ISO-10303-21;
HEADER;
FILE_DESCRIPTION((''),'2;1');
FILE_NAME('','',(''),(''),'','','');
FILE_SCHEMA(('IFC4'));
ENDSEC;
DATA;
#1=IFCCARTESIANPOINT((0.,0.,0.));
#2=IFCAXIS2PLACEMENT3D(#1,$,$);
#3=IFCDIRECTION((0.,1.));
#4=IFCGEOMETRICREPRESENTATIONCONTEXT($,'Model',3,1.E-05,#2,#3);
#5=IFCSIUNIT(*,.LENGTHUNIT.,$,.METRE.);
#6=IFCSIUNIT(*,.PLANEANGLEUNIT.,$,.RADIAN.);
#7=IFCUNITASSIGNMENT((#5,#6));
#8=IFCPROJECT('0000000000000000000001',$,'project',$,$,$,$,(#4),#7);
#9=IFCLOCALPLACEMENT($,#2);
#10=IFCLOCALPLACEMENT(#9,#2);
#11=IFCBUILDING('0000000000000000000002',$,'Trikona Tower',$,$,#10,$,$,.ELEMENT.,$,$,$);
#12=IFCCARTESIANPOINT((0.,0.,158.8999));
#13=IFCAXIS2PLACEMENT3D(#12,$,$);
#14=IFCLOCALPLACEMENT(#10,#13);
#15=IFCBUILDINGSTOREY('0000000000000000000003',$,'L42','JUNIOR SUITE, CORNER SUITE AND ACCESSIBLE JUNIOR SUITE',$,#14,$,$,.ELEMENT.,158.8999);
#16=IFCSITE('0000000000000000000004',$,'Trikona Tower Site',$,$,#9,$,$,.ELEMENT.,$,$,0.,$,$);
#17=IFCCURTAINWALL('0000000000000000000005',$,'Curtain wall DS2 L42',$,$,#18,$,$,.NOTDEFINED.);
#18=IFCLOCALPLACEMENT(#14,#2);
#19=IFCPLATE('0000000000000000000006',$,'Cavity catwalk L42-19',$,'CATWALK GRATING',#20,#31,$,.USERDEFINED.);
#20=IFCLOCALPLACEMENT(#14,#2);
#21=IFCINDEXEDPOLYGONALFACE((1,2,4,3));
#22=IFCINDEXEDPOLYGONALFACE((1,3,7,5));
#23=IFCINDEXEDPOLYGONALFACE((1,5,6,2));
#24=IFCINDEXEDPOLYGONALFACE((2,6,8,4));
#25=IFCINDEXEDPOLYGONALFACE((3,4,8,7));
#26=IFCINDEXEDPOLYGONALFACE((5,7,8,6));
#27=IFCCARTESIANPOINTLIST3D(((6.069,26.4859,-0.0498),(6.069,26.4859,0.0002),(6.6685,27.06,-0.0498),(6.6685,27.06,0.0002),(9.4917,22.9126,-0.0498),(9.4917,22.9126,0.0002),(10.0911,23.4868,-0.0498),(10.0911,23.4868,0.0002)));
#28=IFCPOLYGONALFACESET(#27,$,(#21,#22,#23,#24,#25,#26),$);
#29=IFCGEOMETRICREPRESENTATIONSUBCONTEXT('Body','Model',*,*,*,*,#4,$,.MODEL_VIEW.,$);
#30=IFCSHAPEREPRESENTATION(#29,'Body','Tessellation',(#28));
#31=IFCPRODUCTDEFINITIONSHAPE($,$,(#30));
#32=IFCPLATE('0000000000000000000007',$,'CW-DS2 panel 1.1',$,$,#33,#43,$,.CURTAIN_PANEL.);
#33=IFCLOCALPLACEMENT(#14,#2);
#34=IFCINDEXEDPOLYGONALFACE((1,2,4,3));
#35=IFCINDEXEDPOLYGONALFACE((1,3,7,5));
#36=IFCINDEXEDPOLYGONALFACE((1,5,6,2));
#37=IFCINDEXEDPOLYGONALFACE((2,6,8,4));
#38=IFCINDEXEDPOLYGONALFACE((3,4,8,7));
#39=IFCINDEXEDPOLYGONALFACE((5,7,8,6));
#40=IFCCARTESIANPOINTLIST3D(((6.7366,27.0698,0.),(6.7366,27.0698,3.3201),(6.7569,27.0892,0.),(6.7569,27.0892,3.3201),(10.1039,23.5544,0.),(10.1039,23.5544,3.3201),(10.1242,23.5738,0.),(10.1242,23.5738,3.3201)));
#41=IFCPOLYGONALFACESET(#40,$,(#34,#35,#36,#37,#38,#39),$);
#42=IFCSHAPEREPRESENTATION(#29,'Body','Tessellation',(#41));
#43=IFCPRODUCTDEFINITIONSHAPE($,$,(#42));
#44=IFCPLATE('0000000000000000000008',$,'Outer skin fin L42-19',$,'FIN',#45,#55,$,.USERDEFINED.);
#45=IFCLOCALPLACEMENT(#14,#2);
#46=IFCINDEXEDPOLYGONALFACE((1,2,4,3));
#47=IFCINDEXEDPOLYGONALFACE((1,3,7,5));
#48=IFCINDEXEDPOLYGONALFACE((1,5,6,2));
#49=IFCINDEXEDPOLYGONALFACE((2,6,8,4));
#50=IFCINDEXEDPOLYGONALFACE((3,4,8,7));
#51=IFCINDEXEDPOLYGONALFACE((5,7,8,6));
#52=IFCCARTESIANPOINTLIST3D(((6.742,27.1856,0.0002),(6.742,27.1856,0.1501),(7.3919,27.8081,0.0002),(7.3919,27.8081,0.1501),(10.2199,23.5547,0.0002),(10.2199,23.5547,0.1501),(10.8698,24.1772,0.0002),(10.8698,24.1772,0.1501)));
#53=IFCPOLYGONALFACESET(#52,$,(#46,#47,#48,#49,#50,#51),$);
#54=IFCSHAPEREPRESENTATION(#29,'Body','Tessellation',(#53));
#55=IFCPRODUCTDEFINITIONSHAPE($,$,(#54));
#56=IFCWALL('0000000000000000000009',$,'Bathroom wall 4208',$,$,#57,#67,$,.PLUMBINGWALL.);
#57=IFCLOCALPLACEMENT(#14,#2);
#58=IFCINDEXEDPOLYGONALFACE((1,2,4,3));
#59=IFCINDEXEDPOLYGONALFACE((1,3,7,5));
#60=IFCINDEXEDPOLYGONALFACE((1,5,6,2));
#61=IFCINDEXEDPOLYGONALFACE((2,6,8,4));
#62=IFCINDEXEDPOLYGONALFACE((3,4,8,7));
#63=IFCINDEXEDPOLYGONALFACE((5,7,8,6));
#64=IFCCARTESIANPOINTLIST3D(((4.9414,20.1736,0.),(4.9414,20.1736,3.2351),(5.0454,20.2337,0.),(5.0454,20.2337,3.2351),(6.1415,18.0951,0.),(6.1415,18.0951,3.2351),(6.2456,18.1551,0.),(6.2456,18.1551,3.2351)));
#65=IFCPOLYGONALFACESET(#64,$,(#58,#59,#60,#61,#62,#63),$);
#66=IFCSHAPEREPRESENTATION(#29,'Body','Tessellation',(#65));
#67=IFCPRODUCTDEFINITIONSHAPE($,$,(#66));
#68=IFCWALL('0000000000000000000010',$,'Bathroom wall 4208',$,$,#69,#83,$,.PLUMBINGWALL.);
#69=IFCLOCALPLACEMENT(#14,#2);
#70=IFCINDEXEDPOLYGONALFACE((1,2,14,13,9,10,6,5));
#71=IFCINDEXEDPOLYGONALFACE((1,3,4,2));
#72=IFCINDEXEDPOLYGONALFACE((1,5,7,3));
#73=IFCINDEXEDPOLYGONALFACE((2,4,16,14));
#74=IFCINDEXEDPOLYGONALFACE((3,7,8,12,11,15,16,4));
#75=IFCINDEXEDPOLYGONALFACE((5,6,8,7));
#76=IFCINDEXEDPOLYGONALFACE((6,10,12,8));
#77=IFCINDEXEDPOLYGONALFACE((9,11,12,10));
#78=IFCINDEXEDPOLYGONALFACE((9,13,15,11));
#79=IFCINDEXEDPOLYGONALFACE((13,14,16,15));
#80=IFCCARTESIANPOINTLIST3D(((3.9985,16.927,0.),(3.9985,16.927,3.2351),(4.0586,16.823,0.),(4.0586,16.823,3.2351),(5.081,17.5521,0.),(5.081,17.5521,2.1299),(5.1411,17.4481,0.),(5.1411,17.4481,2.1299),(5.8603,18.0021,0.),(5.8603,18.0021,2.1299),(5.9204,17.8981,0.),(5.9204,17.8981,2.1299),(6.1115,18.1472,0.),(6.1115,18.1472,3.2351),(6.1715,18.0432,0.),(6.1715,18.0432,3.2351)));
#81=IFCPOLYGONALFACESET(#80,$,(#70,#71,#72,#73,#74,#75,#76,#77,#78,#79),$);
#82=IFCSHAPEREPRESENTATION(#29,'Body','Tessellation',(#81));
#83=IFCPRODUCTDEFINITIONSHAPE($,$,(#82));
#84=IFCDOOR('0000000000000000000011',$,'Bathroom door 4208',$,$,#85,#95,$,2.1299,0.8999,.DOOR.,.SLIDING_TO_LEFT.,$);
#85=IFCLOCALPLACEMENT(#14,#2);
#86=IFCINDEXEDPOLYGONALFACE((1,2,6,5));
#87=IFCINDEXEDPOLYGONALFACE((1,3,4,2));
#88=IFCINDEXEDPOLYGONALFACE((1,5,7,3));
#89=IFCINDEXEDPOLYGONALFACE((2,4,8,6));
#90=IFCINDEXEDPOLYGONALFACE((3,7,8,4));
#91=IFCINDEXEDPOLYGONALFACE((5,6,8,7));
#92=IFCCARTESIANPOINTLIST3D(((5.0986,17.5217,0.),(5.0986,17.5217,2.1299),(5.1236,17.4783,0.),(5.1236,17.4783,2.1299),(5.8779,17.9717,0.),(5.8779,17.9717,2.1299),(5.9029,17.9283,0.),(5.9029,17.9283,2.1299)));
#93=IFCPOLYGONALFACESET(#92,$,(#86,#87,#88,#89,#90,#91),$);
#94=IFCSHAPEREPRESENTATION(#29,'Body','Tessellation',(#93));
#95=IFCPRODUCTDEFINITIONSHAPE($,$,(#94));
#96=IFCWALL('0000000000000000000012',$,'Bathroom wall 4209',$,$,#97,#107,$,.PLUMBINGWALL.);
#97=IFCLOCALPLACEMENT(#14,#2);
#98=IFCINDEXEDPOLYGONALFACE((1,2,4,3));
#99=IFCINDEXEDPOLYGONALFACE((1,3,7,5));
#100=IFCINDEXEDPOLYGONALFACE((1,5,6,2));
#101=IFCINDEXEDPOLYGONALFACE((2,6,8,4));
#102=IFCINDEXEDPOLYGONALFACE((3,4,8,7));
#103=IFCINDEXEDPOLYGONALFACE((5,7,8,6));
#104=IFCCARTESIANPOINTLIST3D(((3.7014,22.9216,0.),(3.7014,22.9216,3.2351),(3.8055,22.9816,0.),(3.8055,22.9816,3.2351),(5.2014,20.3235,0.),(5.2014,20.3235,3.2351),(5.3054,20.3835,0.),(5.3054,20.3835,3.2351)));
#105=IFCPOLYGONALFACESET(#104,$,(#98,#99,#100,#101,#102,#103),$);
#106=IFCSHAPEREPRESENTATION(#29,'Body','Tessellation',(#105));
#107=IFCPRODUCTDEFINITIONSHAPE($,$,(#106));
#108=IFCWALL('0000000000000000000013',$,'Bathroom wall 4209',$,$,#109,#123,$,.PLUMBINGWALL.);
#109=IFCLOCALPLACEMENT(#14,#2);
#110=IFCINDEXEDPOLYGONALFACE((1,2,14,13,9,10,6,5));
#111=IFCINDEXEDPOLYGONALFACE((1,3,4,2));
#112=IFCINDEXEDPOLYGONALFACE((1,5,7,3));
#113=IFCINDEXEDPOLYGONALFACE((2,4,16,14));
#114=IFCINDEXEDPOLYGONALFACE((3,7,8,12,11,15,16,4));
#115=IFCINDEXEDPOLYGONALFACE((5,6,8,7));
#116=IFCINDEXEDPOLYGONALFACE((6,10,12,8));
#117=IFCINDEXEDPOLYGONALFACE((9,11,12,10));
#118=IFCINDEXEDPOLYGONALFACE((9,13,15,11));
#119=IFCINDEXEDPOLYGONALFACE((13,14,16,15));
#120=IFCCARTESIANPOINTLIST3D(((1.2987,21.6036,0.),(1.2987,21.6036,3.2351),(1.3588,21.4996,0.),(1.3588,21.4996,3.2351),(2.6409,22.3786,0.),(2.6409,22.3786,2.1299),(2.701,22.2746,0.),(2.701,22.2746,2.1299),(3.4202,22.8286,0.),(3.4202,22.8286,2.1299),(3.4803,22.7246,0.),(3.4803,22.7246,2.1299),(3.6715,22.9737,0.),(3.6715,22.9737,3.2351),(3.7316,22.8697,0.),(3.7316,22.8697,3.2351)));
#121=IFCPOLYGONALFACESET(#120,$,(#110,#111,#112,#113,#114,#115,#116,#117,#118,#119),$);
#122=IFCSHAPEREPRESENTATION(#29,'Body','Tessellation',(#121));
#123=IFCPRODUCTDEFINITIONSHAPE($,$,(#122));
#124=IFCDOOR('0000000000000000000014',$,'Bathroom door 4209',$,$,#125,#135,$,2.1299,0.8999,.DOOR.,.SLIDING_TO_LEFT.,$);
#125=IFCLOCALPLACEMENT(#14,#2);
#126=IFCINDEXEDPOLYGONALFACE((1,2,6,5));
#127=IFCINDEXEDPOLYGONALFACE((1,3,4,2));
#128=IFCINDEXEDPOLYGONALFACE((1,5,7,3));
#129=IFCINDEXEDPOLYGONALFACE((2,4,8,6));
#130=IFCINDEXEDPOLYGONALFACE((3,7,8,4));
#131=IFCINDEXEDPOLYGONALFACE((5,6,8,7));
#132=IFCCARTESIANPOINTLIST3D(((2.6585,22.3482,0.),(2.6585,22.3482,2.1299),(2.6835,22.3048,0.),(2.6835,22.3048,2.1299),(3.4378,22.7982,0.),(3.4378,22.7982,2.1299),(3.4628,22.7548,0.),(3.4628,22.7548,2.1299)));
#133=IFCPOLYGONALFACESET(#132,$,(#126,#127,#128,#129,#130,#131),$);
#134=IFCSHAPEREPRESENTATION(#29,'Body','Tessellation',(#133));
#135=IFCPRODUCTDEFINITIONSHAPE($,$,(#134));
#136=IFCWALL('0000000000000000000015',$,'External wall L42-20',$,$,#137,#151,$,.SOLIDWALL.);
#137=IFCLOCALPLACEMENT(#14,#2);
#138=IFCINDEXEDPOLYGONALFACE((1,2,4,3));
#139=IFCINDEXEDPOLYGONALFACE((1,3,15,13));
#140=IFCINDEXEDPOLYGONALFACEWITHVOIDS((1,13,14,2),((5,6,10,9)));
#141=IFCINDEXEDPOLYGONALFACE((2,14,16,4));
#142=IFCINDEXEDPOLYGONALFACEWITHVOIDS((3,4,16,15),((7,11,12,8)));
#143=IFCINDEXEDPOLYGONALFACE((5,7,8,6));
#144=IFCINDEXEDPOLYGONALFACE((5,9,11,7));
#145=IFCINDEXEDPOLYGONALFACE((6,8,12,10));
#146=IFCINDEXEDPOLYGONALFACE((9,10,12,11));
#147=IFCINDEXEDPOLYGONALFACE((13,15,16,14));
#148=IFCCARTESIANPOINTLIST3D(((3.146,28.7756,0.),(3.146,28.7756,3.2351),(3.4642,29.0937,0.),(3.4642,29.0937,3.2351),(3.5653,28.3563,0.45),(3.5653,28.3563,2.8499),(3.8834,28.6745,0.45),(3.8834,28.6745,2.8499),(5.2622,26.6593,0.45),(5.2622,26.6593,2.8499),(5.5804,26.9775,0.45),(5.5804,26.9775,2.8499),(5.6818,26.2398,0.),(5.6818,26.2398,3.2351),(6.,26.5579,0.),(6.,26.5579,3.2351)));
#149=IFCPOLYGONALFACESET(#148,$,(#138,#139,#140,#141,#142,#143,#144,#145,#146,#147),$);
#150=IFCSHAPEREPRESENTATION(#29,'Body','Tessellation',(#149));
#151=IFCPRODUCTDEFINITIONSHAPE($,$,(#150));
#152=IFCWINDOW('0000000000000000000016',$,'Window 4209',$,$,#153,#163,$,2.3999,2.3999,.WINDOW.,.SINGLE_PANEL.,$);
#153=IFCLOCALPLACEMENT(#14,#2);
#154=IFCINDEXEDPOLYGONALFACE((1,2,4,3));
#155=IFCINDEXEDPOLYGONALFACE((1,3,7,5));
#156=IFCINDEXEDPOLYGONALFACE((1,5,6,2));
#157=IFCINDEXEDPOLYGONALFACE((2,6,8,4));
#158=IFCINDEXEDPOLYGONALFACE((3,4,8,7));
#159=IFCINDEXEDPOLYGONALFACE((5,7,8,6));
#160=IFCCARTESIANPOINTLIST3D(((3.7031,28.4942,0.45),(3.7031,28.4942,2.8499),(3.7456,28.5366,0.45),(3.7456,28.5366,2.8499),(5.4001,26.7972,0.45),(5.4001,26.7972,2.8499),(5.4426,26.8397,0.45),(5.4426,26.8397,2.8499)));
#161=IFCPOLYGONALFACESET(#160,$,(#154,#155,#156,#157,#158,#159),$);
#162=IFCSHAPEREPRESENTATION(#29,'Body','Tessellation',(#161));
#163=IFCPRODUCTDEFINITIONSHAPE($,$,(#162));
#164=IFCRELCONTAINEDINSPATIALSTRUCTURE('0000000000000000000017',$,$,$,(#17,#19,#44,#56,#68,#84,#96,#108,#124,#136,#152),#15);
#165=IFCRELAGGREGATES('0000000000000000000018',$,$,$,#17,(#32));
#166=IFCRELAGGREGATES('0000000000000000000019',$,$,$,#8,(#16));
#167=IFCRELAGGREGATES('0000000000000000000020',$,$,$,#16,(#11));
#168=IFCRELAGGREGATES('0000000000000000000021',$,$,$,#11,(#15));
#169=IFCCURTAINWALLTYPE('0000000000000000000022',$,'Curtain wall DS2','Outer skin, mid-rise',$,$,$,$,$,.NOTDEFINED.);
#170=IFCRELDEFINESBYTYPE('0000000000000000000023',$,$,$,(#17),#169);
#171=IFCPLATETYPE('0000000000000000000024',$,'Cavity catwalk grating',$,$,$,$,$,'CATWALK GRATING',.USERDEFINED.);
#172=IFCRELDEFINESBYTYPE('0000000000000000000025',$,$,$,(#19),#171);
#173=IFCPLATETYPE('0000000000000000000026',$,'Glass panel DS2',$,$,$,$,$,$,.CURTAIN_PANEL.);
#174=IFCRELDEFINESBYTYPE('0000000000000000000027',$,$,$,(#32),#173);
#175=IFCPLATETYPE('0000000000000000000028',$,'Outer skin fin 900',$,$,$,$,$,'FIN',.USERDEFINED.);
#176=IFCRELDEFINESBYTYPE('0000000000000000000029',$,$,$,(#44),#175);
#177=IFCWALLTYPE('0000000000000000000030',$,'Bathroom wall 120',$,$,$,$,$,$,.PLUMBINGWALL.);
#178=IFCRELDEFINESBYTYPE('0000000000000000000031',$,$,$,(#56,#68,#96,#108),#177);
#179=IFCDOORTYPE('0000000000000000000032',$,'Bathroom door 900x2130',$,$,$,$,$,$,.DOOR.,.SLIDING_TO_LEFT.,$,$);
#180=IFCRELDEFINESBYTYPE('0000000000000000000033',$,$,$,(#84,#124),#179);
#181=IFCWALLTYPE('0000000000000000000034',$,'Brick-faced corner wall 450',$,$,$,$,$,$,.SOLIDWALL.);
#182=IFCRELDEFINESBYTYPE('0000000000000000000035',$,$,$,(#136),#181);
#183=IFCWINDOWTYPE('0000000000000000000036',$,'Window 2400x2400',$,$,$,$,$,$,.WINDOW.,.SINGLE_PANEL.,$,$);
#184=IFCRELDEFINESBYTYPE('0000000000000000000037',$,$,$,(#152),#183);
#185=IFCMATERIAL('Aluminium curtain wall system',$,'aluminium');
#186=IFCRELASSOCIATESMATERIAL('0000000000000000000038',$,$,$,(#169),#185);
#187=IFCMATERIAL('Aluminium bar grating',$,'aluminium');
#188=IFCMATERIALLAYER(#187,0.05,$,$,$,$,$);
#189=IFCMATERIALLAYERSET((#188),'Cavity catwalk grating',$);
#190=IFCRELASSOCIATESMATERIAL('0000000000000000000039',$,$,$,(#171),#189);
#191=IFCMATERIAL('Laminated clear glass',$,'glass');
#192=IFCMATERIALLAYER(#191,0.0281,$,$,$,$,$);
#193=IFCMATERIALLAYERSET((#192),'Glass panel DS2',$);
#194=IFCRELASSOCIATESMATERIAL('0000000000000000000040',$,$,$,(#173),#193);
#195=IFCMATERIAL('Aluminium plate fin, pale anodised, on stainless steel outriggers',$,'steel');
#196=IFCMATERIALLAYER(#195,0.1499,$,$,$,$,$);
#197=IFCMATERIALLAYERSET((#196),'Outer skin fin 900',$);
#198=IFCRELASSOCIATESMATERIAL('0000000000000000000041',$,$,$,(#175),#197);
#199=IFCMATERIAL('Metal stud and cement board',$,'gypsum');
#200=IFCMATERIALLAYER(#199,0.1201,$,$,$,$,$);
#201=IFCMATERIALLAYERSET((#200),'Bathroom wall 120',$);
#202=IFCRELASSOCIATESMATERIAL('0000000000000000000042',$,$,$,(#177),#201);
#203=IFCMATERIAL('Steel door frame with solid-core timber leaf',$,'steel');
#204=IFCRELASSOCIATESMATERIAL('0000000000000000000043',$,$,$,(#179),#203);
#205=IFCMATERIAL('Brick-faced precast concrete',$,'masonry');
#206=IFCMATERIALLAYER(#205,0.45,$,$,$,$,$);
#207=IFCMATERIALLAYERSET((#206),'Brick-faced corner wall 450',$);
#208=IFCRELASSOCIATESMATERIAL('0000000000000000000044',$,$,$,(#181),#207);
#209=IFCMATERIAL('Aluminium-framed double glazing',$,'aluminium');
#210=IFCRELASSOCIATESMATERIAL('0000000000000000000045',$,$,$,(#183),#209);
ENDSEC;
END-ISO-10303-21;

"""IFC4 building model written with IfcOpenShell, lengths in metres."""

from ifc_helpers import new_model, si_unit, direction, frame, frame_2d, origin, origin_2d, place, context, subcontext, project, spatial, rectangle, extrude, material, layer, layer_set, type_object, element, fill, aggregate, save


model = new_model("IFC4")

# Units and contexts
model_context = context("Model", 3, precision=1e-05, world=origin(), true_north=direction((0.0, 1.0)))
body_context = subcontext(model_context, "Body", "Model", "MODEL_VIEW")
ifc_project = project(units=[si_unit("LENGTHUNIT", "METRE"), si_unit("PLANEANGLEUNIT", "RADIAN")], contexts=[model_context])

# Site, building, storey
site_placement = place(None, origin())
site = spatial("IfcSite", under=ifc_project, at=site_placement, Name="Trikona Tower Site", CompositionType="ELEMENT", RefElevation=0.0)
building_placement = place(site_placement, origin())
building = spatial("IfcBuilding", under=site, at=building_placement, Name="Trikona Tower", CompositionType="ELEMENT")
storey_placement = place(building_placement, frame((0.0, 0.0, 158.8999)))
storey = spatial("IfcBuildingStorey", under=building, at=storey_placement, Name="L42", Description="JUNIOR SUITE, CORNER SUITE AND ACCESSIBLE JUNIOR SUITE", CompositionType="ELEMENT", Elevation=158.8999)

# Curtain wall
ifc_material_1 = material(Name="Aluminium curtain wall system", Category="aluminium")
curtain_wall_type = type_object("IfcCurtainWallType", Name="Curtain wall DS2", Description="Outer skin, mid-rise", PredefinedType="NOTDEFINED", material=ifc_material_1)
curtain_wall_placement = place(storey_placement, origin())
curtain_wall = element("IfcCurtainWall", 1, at=curtain_wall_placement, inside=storey, type_object=curtain_wall_type, Name="Curtain wall DS2 L42", PredefinedType="NOTDEFINED")

# Plates
ifc_material_2 = material(Name="Aluminium bar grating", Category="aluminium")
ifc_layer_1 = layer(ifc_material_2, 0.05)
ifc_layer_set_1 = layer_set([ifc_layer_1], Name="Cavity catwalk grating")
plate_type_1 = type_object("IfcPlateType", Name="Cavity catwalk grating", ElementType="CATWALK GRATING", PredefinedType="USERDEFINED", material=ifc_layer_set_1)
plate_1_placement = place(storey_placement, frame((8.0801, 24.9863, -0.0498), z_axis=(0.0, 0.0, 1.0), x_axis=(-0.691724, 0.722162, 0.0)))
element("IfcPlate", 2, at=plate_1_placement, inside=storey, type_object=plate_type_1, Name="Cavity catwalk L42-19", ObjectType="CATWALK GRATING", PredefinedType="USERDEFINED", context=body_context, shape_type="SweptSolid", body=[
    extrude(rectangle(XDim=4.948, YDim=0.8301, at=origin_2d()), origin(), (0.0, 0.0, 1.0), 0.05),
])
ifc_material_3 = material(Name="Laminated clear glass", Category="glass")
ifc_layer_2 = layer(ifc_material_3, 0.0281)
ifc_layer_set_2 = layer_set([ifc_layer_2], Name="Glass panel DS2")
plate_type_2 = type_object("IfcPlateType", Name="Glass panel DS2", PredefinedType="CURTAIN_PANEL", material=ifc_layer_set_2)
plate_2_placement = place(storey_placement, frame((8.4304, 25.3218, 0.0), z_axis=(0.0, 0.0, 1.0), x_axis=(-0.691728, 0.722158, 0.0)))
plate_2 = element("IfcPlate", 3, at=plate_2_placement, type_object=plate_type_2, Name="CW-DS2 panel 1.1", PredefinedType="CURTAIN_PANEL", context=body_context, shape_type="SweptSolid", body=[
    extrude(rectangle(XDim=4.8679, YDim=0.0281, at=origin_2d()), origin(), (0.0, 0.0, 1.0), 3.3201),
])
aggregate(curtain_wall, [plate_2])
ifc_material_4 = material(Name="Aluminium plate fin, pale anodised, on stainless steel outriggers", Category="steel")
ifc_layer_3 = layer(ifc_material_4, 0.1499)
ifc_layer_set_3 = layer_set([ifc_layer_3], Name="Outer skin fin 900")
plate_type_3 = type_object("IfcPlateType", Name="Outer skin fin 900", ElementType="FIN", PredefinedType="USERDEFINED", material=ifc_layer_set_3)
plate_3_placement = place(storey_placement, frame((8.8059, 25.6814, 0.0002), z_axis=(0.0, 0.0, 1.0), x_axis=(-0.691724, 0.722162, 0.0)))
element("IfcPlate", 4, at=plate_3_placement, inside=storey, type_object=plate_type_3, Name="Outer skin fin L42-19", ObjectType="FIN", PredefinedType="USERDEFINED", context=body_context, shape_type="SweptSolid", body=[
    extrude(rectangle(XDim=5.0278, YDim=0.8999, at=origin_2d()), origin(), (0.0, 0.0, 1.0), 0.1499),
])

# Wall
ifc_material_5 = material(Name="Metal stud and cement board", Category="gypsum")
ifc_layer_4 = layer(ifc_material_5, 0.1201)
ifc_layer_set_4 = layer_set([ifc_layer_4], Name="Bathroom wall 120")
wall_type_1 = type_object("IfcWallType", Name="Bathroom wall 120", PredefinedType="PLUMBINGWALL", material=ifc_layer_set_4)
wall_1_placement = place(storey_placement, frame((6.1936, 18.125, 0.0), z_axis=(0.0, 0.0, 1.0), x_axis=(-0.500034, 0.866006, 0.0)))
element("IfcWall", 5, at=wall_1_placement, inside=storey, type_object=wall_type_1, Name="Bathroom wall 4208", PredefinedType="PLUMBINGWALL", context=body_context, shape_type="SweptSolid", body=[
    extrude(rectangle(XDim=2.4001, YDim=0.1201, at=frame_2d((1.2002, 0.0))), origin(), (0.0, 0.0, 1.0), 3.2351),
])

# Wall, opening, door
wall_2_placement = place(storey_placement, frame((4.0286, 16.875, 0.0), z_axis=(0.0, 0.0, 1.0), x_axis=(0.865981, 0.500078, 0.0)))
wall_2 = element("IfcWall", 6, at=wall_2_placement, inside=storey, type_object=wall_type_1, Name="Bathroom wall 4208", PredefinedType="PLUMBINGWALL", context=body_context, shape_type="SweptSolid", body=[
    extrude(rectangle(XDim=2.4399, YDim=0.1201, at=frame_2d((1.22, 0.0))), origin(), (0.0, 0.0, 1.0), 3.2351),
])
opening_1_placement = place(wall_2_placement, frame((1.25, 0.0, 0.0)))
opening_1 = element("IfcOpeningElement", 7, at=opening_1_placement, cuts=wall_2, PredefinedType="OPENING", context=body_context, shape_type="SweptSolid", body=[
    extrude(rectangle(XDim=0.8999, YDim=2.1299, at=frame_2d((0.45, 1.0649))), frame((0.0, 0.0701, 0.0), z_axis=(0.0, -1.0, 0.0), x_axis=(1.0, 0.0, 0.0)), (0.0, 0.0, 1.0), 0.1401),
])
ifc_material_6 = material(Name="Steel door frame with solid-core timber leaf", Category="steel")
door_type = type_object("IfcDoorType", Name="Bathroom door 900x2130", OperationType="SLIDING_TO_LEFT", PredefinedType="DOOR", material=ifc_material_6)
door_1_placement = place(opening_1_placement, origin())
door_1 = element("IfcDoor", 8, at=door_1_placement, inside=storey, type_object=door_type, Name="Bathroom door 4208", OperationType="SLIDING_TO_LEFT", OverallHeight=2.1299, OverallWidth=0.8999, PredefinedType="DOOR", context=body_context, shape_type="SweptSolid", body=[
    extrude(rectangle(XDim=0.8999, YDim=2.1299, at=frame_2d((0.45, 1.0649))), frame((0.0, 0.0249, 0.0), z_axis=(0.0, -1.0, 0.0), x_axis=(1.0, 0.0, 0.0)), (0.0, 0.0, 1.0), 0.05),
])
fill(opening_1, door_1)

# Wall
wall_3_placement = place(storey_placement, frame((5.2534, 20.3535, 0.0), z_axis=(0.0, 0.0, 1.0), x_axis=(-0.49999, 0.866031, 0.0)))
element("IfcWall", 9, at=wall_3_placement, inside=storey, type_object=wall_type_1, Name="Bathroom wall 4209", PredefinedType="PLUMBINGWALL", context=body_context, shape_type="SweptSolid", body=[
    extrude(rectangle(XDim=3.0, YDim=0.1201, at=frame_2d((1.5, 0.0))), origin(), (0.0, 0.0, 1.0), 3.2351),
])

# Wall, opening, door
wall_4_placement = place(storey_placement, frame((1.3286, 21.5515, 0.0), z_axis=(0.0, 0.0, 1.0), x_axis=(0.865997, 0.500049, 0.0)))
wall_4 = element("IfcWall", 10, at=wall_4_placement, inside=storey, type_object=wall_type_1, Name="Bathroom wall 4209", PredefinedType="PLUMBINGWALL", context=body_context, shape_type="SweptSolid", body=[
    extrude(rectangle(XDim=2.74, YDim=0.1201, at=frame_2d((1.3701, 0.0))), origin(), (0.0, 0.0, 1.0), 3.2351),
])
opening_2_placement = place(wall_4_placement, frame((1.55, 0.0, 0.0)))
opening_2 = element("IfcOpeningElement", 11, at=opening_2_placement, cuts=wall_4, PredefinedType="OPENING", context=body_context, shape_type="SweptSolid", body=[
    extrude(rectangle(XDim=0.8999, YDim=2.1299, at=frame_2d((0.45, 1.0649))), frame((0.0, 0.0701, 0.0), z_axis=(0.0, -1.0, 0.0), x_axis=(1.0, 0.0, 0.0)), (0.0, 0.0, 1.0), 0.1401),
])
door_2_placement = place(opening_2_placement, origin())
door_2 = element("IfcDoor", 12, at=door_2_placement, inside=storey, type_object=door_type, Name="Bathroom door 4209", OperationType="SLIDING_TO_LEFT", OverallHeight=2.1299, OverallWidth=0.8999, PredefinedType="DOOR", context=body_context, shape_type="SweptSolid", body=[
    extrude(rectangle(XDim=0.8999, YDim=2.1299, at=frame_2d((0.45, 1.0649))), frame((0.0, 0.0249, 0.0), z_axis=(0.0, -1.0, 0.0), x_axis=(1.0, 0.0, 0.0)), (0.0, 0.0, 1.0), 0.05),
])
fill(opening_2, door_2)

# Wall, opening, window
ifc_material_7 = material(Name="Brick-faced precast concrete", Category="masonry")
ifc_layer_5 = layer(ifc_material_7, 0.45)
ifc_layer_set_5 = layer_set([ifc_layer_5], Name="Brick-faced corner wall 450")
wall_type_2 = type_object("IfcWallType", Name="Brick-faced corner wall 450", PredefinedType="SOLIDWALL", material=ifc_layer_set_5)
wall_5_placement = place(storey_placement, frame((5.8408, 26.3989, 0.0), z_axis=(0.0, 0.0, 1.0), x_axis=(-0.707107, 0.707107, 0.0)))
wall_5 = element("IfcWall", 13, at=wall_5_placement, inside=storey, type_object=wall_type_2, Name="External wall L42-20", PredefinedType="SOLIDWALL", context=body_context, shape_type="SweptSolid", body=[
    extrude(rectangle(XDim=3.5862, YDim=0.45, at=frame_2d((1.793, 0.0))), origin(), (0.0, 0.0, 1.0), 3.2351),
])
opening_3_placement = place(wall_5_placement, frame((0.5933, 0.0, 0.45)))
opening_3 = element("IfcOpeningElement", 14, at=opening_3_placement, cuts=wall_5, PredefinedType="OPENING", context=body_context, shape_type="SweptSolid", body=[
    extrude(rectangle(XDim=2.3999, YDim=2.3999, at=frame_2d((1.2, 1.2))), frame((0.0, 0.2349, 0.0), z_axis=(0.0, -1.0, 0.0), x_axis=(1.0, 0.0, 0.0)), (0.0, 0.0, 1.0), 0.47),
])
ifc_material_8 = material(Name="Aluminium-framed double glazing", Category="aluminium")
window_type_1 = type_object("IfcWindowType", Name="Window 2400x2400", PartitioningType="SINGLE_PANEL", PredefinedType="WINDOW", material=ifc_material_8)
window_1_placement = place(opening_3_placement, origin())
window_1 = element("IfcWindow", 15, at=window_1_placement, inside=storey, type_object=window_type_1, Name="Window 4209", OverallHeight=2.3999, OverallWidth=2.3999, PartitioningType="SINGLE_PANEL", PredefinedType="WINDOW", context=body_context, shape_type="SweptSolid", body=[
    extrude(rectangle(XDim=2.3999, YDim=2.3999, at=frame_2d((1.2, 1.2))), frame((0.0, 0.03, 0.0), z_axis=(0.0, -1.0, 0.0), x_axis=(1.0, 0.0, 0.0)), (0.0, 0.0, 1.0), 0.0601),
])
fill(opening_3, window_1)

save(model, "model.ifc")
